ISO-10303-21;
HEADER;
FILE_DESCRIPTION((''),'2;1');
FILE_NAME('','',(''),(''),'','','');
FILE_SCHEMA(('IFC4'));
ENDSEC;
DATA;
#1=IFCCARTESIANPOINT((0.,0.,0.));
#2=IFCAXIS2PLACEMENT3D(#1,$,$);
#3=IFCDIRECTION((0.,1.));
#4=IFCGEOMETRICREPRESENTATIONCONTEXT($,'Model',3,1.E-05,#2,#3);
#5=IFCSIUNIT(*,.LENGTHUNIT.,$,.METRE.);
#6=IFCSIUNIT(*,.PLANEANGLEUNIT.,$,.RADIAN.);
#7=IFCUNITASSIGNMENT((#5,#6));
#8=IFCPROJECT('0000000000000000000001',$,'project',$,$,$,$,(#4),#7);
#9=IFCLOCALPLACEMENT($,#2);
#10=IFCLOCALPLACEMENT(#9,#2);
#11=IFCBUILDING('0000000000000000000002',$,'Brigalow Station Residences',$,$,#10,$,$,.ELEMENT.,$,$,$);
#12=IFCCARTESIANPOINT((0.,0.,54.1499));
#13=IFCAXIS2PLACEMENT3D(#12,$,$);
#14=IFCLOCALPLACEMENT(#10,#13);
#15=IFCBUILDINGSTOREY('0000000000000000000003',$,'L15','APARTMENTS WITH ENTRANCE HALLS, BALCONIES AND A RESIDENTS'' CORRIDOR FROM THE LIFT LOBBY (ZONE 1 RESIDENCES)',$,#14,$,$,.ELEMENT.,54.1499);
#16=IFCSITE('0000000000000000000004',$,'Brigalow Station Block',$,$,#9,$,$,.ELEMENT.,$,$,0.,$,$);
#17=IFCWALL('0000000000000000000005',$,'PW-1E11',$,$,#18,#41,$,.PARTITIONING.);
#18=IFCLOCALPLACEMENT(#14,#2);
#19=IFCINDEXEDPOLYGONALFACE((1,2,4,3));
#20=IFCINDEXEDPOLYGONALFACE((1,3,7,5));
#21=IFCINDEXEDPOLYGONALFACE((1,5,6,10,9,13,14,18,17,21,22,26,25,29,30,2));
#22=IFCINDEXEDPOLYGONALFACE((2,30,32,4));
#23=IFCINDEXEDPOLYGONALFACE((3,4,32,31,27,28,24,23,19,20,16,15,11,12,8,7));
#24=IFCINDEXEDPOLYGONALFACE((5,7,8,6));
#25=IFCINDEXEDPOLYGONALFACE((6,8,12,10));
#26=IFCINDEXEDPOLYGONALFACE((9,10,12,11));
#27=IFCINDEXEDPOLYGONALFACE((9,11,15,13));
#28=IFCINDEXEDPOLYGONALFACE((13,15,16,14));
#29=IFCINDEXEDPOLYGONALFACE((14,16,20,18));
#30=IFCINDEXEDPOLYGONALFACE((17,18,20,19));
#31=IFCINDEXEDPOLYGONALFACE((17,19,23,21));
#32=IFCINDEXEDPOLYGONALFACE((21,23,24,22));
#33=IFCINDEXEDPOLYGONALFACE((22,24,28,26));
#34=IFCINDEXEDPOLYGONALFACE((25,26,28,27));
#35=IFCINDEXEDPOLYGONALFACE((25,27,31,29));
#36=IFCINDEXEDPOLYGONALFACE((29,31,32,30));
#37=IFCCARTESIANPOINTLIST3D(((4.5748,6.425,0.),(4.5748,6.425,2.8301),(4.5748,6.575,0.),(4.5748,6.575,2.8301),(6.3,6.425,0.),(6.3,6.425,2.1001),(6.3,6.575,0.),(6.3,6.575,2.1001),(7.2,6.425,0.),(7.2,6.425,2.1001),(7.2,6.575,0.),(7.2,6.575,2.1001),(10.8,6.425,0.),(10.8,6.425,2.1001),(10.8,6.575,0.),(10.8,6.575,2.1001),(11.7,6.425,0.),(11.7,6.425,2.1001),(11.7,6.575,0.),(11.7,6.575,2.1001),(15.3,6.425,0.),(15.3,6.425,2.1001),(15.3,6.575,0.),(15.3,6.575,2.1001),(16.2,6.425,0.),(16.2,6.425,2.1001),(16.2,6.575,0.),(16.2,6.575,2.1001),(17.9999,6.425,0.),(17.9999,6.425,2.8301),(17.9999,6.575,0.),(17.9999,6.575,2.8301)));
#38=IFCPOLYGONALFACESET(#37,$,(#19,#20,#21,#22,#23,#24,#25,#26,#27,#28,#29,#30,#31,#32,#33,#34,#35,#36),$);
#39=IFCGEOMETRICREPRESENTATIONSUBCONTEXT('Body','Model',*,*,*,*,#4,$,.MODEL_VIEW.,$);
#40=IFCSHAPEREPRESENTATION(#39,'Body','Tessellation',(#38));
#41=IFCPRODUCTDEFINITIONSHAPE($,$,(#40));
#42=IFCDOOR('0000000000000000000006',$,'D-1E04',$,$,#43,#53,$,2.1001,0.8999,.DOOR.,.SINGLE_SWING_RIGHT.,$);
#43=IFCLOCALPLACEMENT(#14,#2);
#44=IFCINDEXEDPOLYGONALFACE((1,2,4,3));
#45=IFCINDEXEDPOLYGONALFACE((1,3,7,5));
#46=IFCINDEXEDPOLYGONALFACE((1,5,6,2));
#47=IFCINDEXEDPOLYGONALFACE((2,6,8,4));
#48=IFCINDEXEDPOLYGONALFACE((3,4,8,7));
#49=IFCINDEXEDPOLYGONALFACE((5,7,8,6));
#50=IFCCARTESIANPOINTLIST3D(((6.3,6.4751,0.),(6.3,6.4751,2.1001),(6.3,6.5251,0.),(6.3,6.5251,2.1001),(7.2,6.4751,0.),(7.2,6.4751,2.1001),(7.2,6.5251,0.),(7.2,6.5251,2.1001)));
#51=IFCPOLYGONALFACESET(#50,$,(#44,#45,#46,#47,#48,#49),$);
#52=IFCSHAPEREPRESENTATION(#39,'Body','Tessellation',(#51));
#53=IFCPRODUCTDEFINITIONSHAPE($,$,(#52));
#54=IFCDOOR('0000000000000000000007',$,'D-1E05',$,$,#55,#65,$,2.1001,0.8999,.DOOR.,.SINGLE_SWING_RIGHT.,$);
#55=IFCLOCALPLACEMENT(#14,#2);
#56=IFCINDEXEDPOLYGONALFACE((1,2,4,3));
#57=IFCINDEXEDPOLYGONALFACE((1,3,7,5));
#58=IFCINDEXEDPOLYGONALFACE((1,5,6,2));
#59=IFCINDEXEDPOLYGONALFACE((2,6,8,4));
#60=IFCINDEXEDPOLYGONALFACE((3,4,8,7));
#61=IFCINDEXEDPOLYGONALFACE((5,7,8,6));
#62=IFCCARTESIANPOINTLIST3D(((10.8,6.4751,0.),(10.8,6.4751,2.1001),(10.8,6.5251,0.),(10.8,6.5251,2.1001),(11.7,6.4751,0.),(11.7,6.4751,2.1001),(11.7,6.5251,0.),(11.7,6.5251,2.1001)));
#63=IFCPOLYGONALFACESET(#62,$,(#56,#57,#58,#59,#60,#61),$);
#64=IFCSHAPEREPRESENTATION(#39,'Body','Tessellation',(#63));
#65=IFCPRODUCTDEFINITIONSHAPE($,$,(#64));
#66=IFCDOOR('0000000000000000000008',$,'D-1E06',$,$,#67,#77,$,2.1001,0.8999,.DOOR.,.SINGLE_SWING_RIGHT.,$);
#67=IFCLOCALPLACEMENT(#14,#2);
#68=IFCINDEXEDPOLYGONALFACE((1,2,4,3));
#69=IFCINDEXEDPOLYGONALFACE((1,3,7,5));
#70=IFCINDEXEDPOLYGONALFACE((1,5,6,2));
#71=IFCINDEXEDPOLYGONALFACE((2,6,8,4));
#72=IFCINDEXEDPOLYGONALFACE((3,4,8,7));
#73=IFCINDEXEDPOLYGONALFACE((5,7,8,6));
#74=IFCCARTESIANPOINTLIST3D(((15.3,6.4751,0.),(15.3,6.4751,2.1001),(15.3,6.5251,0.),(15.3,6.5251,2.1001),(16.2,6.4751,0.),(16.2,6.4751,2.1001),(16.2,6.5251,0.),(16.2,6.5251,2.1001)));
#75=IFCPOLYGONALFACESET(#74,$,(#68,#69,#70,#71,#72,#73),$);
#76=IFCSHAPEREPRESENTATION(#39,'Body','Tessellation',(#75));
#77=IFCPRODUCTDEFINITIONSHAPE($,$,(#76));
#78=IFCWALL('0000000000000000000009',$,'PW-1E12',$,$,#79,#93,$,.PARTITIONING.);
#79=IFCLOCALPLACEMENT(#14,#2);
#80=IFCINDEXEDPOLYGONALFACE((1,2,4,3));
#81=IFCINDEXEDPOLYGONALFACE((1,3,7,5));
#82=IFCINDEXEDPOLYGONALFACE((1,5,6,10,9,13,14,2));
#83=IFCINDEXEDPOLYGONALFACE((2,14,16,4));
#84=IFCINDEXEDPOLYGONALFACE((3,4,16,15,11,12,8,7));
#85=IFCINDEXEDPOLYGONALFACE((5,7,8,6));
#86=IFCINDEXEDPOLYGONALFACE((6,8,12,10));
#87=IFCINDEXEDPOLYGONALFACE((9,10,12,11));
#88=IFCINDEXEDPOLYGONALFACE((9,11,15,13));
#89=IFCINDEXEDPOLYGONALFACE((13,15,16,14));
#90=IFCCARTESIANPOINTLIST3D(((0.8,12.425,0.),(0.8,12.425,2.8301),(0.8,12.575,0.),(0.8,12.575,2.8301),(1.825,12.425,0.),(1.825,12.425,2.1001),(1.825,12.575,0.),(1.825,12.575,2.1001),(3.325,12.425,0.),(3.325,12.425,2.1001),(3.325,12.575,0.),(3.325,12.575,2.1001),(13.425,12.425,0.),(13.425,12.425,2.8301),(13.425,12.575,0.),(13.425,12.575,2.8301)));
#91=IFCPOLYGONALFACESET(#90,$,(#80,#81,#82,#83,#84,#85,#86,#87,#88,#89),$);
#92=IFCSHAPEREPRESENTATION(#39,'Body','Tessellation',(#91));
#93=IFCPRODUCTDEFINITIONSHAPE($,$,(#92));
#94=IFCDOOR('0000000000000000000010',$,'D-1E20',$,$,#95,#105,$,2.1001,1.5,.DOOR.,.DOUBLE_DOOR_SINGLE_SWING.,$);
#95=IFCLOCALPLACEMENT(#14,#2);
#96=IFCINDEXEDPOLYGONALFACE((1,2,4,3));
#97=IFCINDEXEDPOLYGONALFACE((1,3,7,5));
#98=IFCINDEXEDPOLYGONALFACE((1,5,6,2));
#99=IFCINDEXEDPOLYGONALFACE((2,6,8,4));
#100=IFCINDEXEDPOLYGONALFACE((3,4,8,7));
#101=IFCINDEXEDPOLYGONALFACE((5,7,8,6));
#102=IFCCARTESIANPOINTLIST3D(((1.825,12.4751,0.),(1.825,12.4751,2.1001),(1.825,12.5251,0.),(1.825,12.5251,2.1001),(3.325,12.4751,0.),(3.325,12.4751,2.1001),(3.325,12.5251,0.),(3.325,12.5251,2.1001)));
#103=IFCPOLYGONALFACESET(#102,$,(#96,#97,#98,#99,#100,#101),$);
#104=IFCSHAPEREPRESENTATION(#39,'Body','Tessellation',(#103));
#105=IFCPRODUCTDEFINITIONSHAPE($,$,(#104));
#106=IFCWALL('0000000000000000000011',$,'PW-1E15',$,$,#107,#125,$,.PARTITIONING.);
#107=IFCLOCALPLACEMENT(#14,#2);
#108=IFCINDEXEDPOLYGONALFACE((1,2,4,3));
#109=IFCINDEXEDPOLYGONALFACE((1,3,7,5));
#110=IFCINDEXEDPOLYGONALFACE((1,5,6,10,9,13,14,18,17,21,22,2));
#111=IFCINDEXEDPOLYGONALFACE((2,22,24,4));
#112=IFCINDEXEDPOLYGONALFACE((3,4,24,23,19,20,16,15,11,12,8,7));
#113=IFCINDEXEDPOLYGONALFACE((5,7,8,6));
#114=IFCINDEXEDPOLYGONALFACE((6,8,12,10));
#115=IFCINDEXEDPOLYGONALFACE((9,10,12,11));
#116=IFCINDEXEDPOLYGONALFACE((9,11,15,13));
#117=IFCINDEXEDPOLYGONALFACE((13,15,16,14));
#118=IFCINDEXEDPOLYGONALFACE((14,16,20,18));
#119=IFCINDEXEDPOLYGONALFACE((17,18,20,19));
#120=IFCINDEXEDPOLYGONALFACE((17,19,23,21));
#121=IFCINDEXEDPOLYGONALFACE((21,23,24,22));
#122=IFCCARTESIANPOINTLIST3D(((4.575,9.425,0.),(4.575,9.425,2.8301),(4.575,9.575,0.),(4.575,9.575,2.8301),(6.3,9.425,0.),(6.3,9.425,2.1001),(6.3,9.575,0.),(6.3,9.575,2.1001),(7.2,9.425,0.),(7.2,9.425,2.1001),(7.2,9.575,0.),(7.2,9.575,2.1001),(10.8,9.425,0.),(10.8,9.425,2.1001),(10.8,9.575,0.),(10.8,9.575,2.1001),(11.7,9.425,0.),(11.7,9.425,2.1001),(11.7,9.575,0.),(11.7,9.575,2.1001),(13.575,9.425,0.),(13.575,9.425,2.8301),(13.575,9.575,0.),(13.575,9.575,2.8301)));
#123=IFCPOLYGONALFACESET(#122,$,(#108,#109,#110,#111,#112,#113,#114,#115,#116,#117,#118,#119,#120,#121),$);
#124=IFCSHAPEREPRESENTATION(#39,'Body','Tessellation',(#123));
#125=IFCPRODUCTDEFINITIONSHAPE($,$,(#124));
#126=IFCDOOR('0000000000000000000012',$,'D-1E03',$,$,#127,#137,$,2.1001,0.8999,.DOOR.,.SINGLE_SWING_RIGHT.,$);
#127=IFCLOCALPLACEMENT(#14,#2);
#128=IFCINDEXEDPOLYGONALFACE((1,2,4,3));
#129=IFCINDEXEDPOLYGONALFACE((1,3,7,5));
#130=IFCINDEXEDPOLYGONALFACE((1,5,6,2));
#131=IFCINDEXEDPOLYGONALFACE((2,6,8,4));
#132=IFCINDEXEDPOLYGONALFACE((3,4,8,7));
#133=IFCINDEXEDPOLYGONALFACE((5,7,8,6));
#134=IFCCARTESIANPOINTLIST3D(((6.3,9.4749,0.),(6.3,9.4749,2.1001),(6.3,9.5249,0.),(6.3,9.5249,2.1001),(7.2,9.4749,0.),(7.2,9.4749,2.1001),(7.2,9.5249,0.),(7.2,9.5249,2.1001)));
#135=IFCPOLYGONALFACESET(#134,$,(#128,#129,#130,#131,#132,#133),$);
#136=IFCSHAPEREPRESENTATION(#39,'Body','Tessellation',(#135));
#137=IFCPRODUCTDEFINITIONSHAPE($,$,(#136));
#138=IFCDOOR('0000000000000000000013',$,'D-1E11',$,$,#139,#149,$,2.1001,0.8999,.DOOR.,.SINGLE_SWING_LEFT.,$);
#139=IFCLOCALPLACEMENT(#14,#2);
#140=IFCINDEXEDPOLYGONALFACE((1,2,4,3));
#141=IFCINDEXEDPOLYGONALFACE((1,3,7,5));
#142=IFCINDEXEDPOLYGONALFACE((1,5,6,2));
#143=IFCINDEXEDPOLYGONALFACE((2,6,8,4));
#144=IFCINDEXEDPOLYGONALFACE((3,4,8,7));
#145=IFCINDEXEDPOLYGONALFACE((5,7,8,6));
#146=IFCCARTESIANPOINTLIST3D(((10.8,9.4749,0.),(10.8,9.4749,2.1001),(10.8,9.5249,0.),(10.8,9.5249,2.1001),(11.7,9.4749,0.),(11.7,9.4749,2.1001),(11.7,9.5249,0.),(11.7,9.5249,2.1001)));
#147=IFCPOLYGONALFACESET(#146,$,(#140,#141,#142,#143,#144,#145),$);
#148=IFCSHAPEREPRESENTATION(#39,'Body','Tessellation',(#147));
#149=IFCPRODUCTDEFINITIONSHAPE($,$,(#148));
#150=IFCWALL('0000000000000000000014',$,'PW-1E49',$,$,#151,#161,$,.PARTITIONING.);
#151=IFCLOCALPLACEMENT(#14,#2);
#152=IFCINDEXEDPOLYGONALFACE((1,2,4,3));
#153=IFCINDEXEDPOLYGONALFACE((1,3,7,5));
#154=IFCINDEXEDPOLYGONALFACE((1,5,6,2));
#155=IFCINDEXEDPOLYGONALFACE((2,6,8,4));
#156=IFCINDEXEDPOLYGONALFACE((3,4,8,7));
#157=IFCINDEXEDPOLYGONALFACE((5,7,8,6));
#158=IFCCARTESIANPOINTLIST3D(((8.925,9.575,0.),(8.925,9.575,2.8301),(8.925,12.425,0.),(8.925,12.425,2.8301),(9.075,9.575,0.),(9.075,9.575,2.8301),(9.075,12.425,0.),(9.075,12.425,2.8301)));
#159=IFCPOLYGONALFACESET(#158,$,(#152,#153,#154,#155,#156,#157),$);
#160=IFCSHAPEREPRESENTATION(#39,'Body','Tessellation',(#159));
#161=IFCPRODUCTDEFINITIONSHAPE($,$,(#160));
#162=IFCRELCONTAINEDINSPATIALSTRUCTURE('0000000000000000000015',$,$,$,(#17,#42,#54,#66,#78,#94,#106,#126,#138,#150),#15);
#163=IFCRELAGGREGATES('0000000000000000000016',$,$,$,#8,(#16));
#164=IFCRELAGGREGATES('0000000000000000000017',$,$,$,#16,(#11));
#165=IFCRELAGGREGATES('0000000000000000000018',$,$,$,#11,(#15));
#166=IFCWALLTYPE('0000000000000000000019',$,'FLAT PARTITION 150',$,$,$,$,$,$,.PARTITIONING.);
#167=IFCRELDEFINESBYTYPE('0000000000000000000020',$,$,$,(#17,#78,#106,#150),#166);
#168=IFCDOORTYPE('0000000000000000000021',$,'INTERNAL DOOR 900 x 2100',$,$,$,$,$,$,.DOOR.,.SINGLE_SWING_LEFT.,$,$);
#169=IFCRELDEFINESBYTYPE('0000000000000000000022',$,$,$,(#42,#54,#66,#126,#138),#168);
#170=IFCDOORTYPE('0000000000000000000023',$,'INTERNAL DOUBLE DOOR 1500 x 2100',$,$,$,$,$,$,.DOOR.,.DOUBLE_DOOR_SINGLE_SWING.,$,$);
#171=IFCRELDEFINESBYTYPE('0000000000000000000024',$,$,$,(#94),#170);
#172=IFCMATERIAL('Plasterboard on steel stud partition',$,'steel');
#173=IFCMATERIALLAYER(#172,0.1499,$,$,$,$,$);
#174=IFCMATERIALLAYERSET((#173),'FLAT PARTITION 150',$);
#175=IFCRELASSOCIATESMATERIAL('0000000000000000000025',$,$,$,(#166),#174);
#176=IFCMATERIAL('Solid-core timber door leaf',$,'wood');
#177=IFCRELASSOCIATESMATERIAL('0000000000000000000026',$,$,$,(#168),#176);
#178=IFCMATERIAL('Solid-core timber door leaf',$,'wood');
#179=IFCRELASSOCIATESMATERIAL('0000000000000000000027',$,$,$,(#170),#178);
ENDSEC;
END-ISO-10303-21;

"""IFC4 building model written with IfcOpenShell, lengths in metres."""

from ifc_helpers import new_model, si_unit, direction, frame, frame_2d, origin, place, context, subcontext, project, spatial, rectangle, extrude, material, layer, layer_set, type_object, element, fill, save


model = new_model("IFC4")

# Units and contexts
model_context = context("Model", 3, precision=1e-05, world=origin(), true_north=direction((0.0, 1.0)))
body_context = subcontext(model_context, "Body", "Model", "MODEL_VIEW")
ifc_project = project(units=[si_unit("LENGTHUNIT", "METRE"), si_unit("PLANEANGLEUNIT", "RADIAN")], contexts=[model_context])

# Site, building, storey
site_placement = place(None, origin())
site = spatial("IfcSite", under=ifc_project, at=site_placement, Name="Brigalow Station Block", CompositionType="ELEMENT", RefElevation=0.0)
building_placement = place(site_placement, origin())
building = spatial("IfcBuilding", under=site, at=building_placement, Name="Brigalow Station Residences", CompositionType="ELEMENT")
storey_placement = place(building_placement, frame((0.0, 0.0, 54.1499)))
storey = spatial("IfcBuildingStorey", under=building, at=storey_placement, Name="L15", Description="APARTMENTS WITH ENTRANCE HALLS, BALCONIES AND A RESIDENTS' CORRIDOR FROM THE LIFT LOBBY (ZONE 1 RESIDENCES)", CompositionType="ELEMENT", Elevation=54.1499)

# Wall, openings, doors
ifc_material_1 = material(Name="Plasterboard on steel stud partition", Category="steel")
ifc_layer_1 = layer(ifc_material_1, 0.1499)
ifc_layer_set_1 = layer_set([ifc_layer_1], Name="FLAT PARTITION 150")
wall_type_1 = type_object("IfcWallType", Name="FLAT PARTITION 150", PredefinedType="PARTITIONING", material=ifc_layer_set_1)
wall_1_placement = place(storey_placement, frame((4.575, 6.5, 0.0), z_axis=(0.0, 0.0, 1.0), x_axis=(1.0, 0.0, 0.0)))
wall_1 = element("IfcWall", 1, at=wall_1_placement, inside=storey, type_object=wall_type_1, Name="PW-1E11", PredefinedType="PARTITIONING", context=body_context, shape_type="SweptSolid", body=[
    extrude(rectangle(XDim=13.425, YDim=0.1499, at=frame_2d((6.7124, 0.0))), origin(), (0.0, 0.0, 1.0), 2.8301),
])
opening_1_placement = place(wall_1_placement, frame((1.7251, 0.0, 0.0)))
opening_1 = element("IfcOpeningElement", 2, at=opening_1_placement, cuts=wall_1, PredefinedType="OPENING", context=body_context, shape_type="SweptSolid", body=[
    extrude(rectangle(XDim=0.8999, YDim=2.1001, at=frame_2d((0.45, 1.05))), frame((0.0, 0.085, 0.0), z_axis=(0.0, -1.0, 0.0), x_axis=(1.0, 0.0, 0.0)), (0.0, 0.0, 1.0), 0.1699),
])
opening_2_placement = place(wall_1_placement, frame((6.2251, 0.0, 0.0)))
opening_2 = element("IfcOpeningElement", 3, at=opening_2_placement, cuts=wall_1, PredefinedType="OPENING", context=body_context, shape_type="SweptSolid", body=[
    extrude(rectangle(XDim=0.8999, YDim=2.1001, at=frame_2d((0.45, 1.05))), frame((0.0, 0.085, 0.0), z_axis=(0.0, -1.0, 0.0), x_axis=(1.0, 0.0, 0.0)), (0.0, 0.0, 1.0), 0.1699),
])
opening_3_placement = place(wall_1_placement, frame((10.7251, 0.0, 0.0)))
opening_3 = element("IfcOpeningElement", 4, at=opening_3_placement, cuts=wall_1, PredefinedType="OPENING", context=body_context, shape_type="SweptSolid", body=[
    extrude(rectangle(XDim=0.8999, YDim=2.1001, at=frame_2d((0.45, 1.05))), frame((0.0, 0.085, 0.0), z_axis=(0.0, -1.0, 0.0), x_axis=(1.0, 0.0, 0.0)), (0.0, 0.0, 1.0), 0.1699),
])
ifc_material_2 = material(Name="Solid-core timber door leaf", Category="wood")
door_type_1 = type_object("IfcDoorType", Name="INTERNAL DOOR 900 x 2100", OperationType="SINGLE_SWING_LEFT", PredefinedType="DOOR", material=ifc_material_2)
door_1_placement = place(opening_1_placement, frame((0.8999, 0.0, 0.0), z_axis=(0.0, 0.0, 1.0), x_axis=(-1.0, 0.0, 0.0)))
door_1 = element("IfcDoor", 5, at=door_1_placement, inside=storey, type_object=door_type_1, Name="D-1E04", OperationType="SINGLE_SWING_RIGHT", OverallHeight=2.1001, OverallWidth=0.8999, PredefinedType="DOOR", context=body_context, shape_type="SweptSolid", body=[
    extrude(rectangle(XDim=0.8999, YDim=2.1001, at=frame_2d((0.45, 1.05))), frame((0.0, 0.0249, 0.0), z_axis=(0.0, -1.0, 0.0), x_axis=(1.0, 0.0, 0.0)), (0.0, 0.0, 1.0), 0.05),
])
fill(opening_1, door_1)
door_2_placement = place(opening_2_placement, frame((0.8999, 0.0, 0.0), z_axis=(0.0, 0.0, 1.0), x_axis=(-1.0, 0.0, 0.0)))
door_2 = element("IfcDoor", 6, at=door_2_placement, inside=storey, type_object=door_type_1, Name="D-1E05", OperationType="SINGLE_SWING_RIGHT", OverallHeight=2.1001, OverallWidth=0.8999, PredefinedType="DOOR", context=body_context, shape_type="SweptSolid", body=[
    extrude(rectangle(XDim=0.8999, YDim=2.1001, at=frame_2d((0.45, 1.05))), frame((0.0, 0.0249, 0.0), z_axis=(0.0, -1.0, 0.0), x_axis=(1.0, 0.0, 0.0)), (0.0, 0.0, 1.0), 0.05),
])
fill(opening_2, door_2)
door_3_placement = place(opening_3_placement, frame((0.8999, 0.0, 0.0), z_axis=(0.0, 0.0, 1.0), x_axis=(-1.0, 0.0, 0.0)))
door_3 = element("IfcDoor", 7, at=door_3_placement, inside=storey, type_object=door_type_1, Name="D-1E06", OperationType="SINGLE_SWING_RIGHT", OverallHeight=2.1001, OverallWidth=0.8999, PredefinedType="DOOR", context=body_context, shape_type="SweptSolid", body=[
    extrude(rectangle(XDim=0.8999, YDim=2.1001, at=frame_2d((0.45, 1.05))), frame((0.0, 0.0249, 0.0), z_axis=(0.0, -1.0, 0.0), x_axis=(1.0, 0.0, 0.0)), (0.0, 0.0, 1.0), 0.05),
])
fill(opening_3, door_3)

# Wall, opening, door
wall_2_placement = place(storey_placement, frame((0.8, 12.5, 0.0), z_axis=(0.0, 0.0, 1.0), x_axis=(1.0, 0.0, 0.0)))
wall_2 = element("IfcWall", 8, at=wall_2_placement, inside=storey, type_object=wall_type_1, Name="PW-1E12", PredefinedType="PARTITIONING", context=body_context, shape_type="SweptSolid", body=[
    extrude(rectangle(XDim=12.625, YDim=0.1499, at=frame_2d((6.3125, 0.0))), origin(), (0.0, 0.0, 1.0), 2.8301),
])
opening_4_placement = place(wall_2_placement, frame((1.0249, 0.0, 0.0)))
opening_4 = element("IfcOpeningElement", 9, at=opening_4_placement, cuts=wall_2, PredefinedType="OPENING", context=body_context, shape_type="SweptSolid", body=[
    extrude(rectangle(XDim=1.5, YDim=2.1001, at=frame_2d((0.75, 1.05))), frame((0.0, 0.085, 0.0), z_axis=(0.0, -1.0, 0.0), x_axis=(1.0, 0.0, 0.0)), (0.0, 0.0, 1.0), 0.1699),
])
ifc_material_3 = material(Name="Solid-core timber door leaf", Category="wood")
door_type_2 = type_object("IfcDoorType", Name="INTERNAL DOUBLE DOOR 1500 x 2100", OperationType="DOUBLE_DOOR_SINGLE_SWING", PredefinedType="DOOR", material=ifc_material_3)
door_4_placement = place(opening_4_placement, frame((1.5, 0.0, 0.0), z_axis=(0.0, 0.0, 1.0), x_axis=(-1.0, 0.0, 0.0)))
door_4 = element("IfcDoor", 10, at=door_4_placement, inside=storey, type_object=door_type_2, Name="D-1E20", OperationType="DOUBLE_DOOR_SINGLE_SWING", OverallHeight=2.1001, OverallWidth=1.5, PredefinedType="DOOR", context=body_context, shape_type="SweptSolid", body=[
    extrude(rectangle(XDim=1.5, YDim=2.1001, at=frame_2d((0.75, 1.05))), frame((0.0, 0.0249, 0.0), z_axis=(0.0, -1.0, 0.0), x_axis=(1.0, 0.0, 0.0)), (0.0, 0.0, 1.0), 0.05),
])
fill(opening_4, door_4)

# Wall, openings, doors
wall_3_placement = place(storey_placement, frame((4.575, 9.5, 0.0), z_axis=(0.0, 0.0, 1.0), x_axis=(1.0, 0.0, 0.0)))
wall_3 = element("IfcWall", 11, at=wall_3_placement, inside=storey, type_object=wall_type_1, Name="PW-1E15", PredefinedType="PARTITIONING", context=body_context, shape_type="SweptSolid", body=[
    extrude(rectangle(XDim=9.0, YDim=0.1499, at=frame_2d((4.5, 0.0))), origin(), (0.0, 0.0, 1.0), 2.8301),
])
opening_5_placement = place(wall_3_placement, frame((1.7251, 0.0, 0.0)))
opening_5 = element("IfcOpeningElement", 12, at=opening_5_placement, cuts=wall_3, PredefinedType="OPENING", context=body_context, shape_type="SweptSolid", body=[
    extrude(rectangle(XDim=0.8999, YDim=2.1001, at=frame_2d((0.45, 1.05))), frame((0.0, 0.085, 0.0), z_axis=(0.0, -1.0, 0.0), x_axis=(1.0, 0.0, 0.0)), (0.0, 0.0, 1.0), 0.1699),
])
opening_6_placement = place(wall_3_placement, frame((6.2251, 0.0, 0.0)))
opening_6 = element("IfcOpeningElement", 13, at=opening_6_placement, cuts=wall_3, PredefinedType="OPENING", context=body_context, shape_type="SweptSolid", body=[
    extrude(rectangle(XDim=0.8999, YDim=2.1001, at=frame_2d((0.45, 1.05))), frame((0.0, 0.085, 0.0), z_axis=(0.0, -1.0, 0.0), x_axis=(1.0, 0.0, 0.0)), (0.0, 0.0, 1.0), 0.1699),
])
door_5_placement = place(opening_5_placement, origin())
door_5 = element("IfcDoor", 14, at=door_5_placement, inside=storey, type_object=door_type_1, Name="D-1E03", OperationType="SINGLE_SWING_RIGHT", OverallHeight=2.1001, OverallWidth=0.8999, PredefinedType="DOOR", context=body_context, shape_type="SweptSolid", body=[
    extrude(rectangle(XDim=0.8999, YDim=2.1001, at=frame_2d((0.45, 1.05))), frame((0.0, 0.0249, 0.0), z_axis=(0.0, -1.0, 0.0), x_axis=(1.0, 0.0, 0.0)), (0.0, 0.0, 1.0), 0.05),
])
fill(opening_5, door_5)
door_6_placement = place(opening_6_placement, origin())
door_6 = element("IfcDoor", 15, at=door_6_placement, inside=storey, type_object=door_type_1, Name="D-1E11", OperationType="SINGLE_SWING_LEFT", OverallHeight=2.1001, OverallWidth=0.8999, PredefinedType="DOOR", context=body_context, shape_type="SweptSolid", body=[
    extrude(rectangle(XDim=0.8999, YDim=2.1001, at=frame_2d((0.45, 1.05))), frame((0.0, 0.0249, 0.0), z_axis=(0.0, -1.0, 0.0), x_axis=(1.0, 0.0, 0.0)), (0.0, 0.0, 1.0), 0.05),
])
fill(opening_6, door_6)

# Wall
wall_4_placement = place(storey_placement, frame((9.0, 9.575, 0.0), z_axis=(0.0, 0.0, 1.0), x_axis=(0.0, 1.0, 0.0)))
element("IfcWall", 16, at=wall_4_placement, inside=storey, type_object=wall_type_1, Name="PW-1E49", PredefinedType="PARTITIONING", context=body_context, shape_type="SweptSolid", body=[
    extrude(rectangle(XDim=2.8501, YDim=0.1499, at=frame_2d((1.425, 0.0))), origin(), (0.0, 0.0, 1.0), 2.8301),
])

save(model, "model.ifc")
